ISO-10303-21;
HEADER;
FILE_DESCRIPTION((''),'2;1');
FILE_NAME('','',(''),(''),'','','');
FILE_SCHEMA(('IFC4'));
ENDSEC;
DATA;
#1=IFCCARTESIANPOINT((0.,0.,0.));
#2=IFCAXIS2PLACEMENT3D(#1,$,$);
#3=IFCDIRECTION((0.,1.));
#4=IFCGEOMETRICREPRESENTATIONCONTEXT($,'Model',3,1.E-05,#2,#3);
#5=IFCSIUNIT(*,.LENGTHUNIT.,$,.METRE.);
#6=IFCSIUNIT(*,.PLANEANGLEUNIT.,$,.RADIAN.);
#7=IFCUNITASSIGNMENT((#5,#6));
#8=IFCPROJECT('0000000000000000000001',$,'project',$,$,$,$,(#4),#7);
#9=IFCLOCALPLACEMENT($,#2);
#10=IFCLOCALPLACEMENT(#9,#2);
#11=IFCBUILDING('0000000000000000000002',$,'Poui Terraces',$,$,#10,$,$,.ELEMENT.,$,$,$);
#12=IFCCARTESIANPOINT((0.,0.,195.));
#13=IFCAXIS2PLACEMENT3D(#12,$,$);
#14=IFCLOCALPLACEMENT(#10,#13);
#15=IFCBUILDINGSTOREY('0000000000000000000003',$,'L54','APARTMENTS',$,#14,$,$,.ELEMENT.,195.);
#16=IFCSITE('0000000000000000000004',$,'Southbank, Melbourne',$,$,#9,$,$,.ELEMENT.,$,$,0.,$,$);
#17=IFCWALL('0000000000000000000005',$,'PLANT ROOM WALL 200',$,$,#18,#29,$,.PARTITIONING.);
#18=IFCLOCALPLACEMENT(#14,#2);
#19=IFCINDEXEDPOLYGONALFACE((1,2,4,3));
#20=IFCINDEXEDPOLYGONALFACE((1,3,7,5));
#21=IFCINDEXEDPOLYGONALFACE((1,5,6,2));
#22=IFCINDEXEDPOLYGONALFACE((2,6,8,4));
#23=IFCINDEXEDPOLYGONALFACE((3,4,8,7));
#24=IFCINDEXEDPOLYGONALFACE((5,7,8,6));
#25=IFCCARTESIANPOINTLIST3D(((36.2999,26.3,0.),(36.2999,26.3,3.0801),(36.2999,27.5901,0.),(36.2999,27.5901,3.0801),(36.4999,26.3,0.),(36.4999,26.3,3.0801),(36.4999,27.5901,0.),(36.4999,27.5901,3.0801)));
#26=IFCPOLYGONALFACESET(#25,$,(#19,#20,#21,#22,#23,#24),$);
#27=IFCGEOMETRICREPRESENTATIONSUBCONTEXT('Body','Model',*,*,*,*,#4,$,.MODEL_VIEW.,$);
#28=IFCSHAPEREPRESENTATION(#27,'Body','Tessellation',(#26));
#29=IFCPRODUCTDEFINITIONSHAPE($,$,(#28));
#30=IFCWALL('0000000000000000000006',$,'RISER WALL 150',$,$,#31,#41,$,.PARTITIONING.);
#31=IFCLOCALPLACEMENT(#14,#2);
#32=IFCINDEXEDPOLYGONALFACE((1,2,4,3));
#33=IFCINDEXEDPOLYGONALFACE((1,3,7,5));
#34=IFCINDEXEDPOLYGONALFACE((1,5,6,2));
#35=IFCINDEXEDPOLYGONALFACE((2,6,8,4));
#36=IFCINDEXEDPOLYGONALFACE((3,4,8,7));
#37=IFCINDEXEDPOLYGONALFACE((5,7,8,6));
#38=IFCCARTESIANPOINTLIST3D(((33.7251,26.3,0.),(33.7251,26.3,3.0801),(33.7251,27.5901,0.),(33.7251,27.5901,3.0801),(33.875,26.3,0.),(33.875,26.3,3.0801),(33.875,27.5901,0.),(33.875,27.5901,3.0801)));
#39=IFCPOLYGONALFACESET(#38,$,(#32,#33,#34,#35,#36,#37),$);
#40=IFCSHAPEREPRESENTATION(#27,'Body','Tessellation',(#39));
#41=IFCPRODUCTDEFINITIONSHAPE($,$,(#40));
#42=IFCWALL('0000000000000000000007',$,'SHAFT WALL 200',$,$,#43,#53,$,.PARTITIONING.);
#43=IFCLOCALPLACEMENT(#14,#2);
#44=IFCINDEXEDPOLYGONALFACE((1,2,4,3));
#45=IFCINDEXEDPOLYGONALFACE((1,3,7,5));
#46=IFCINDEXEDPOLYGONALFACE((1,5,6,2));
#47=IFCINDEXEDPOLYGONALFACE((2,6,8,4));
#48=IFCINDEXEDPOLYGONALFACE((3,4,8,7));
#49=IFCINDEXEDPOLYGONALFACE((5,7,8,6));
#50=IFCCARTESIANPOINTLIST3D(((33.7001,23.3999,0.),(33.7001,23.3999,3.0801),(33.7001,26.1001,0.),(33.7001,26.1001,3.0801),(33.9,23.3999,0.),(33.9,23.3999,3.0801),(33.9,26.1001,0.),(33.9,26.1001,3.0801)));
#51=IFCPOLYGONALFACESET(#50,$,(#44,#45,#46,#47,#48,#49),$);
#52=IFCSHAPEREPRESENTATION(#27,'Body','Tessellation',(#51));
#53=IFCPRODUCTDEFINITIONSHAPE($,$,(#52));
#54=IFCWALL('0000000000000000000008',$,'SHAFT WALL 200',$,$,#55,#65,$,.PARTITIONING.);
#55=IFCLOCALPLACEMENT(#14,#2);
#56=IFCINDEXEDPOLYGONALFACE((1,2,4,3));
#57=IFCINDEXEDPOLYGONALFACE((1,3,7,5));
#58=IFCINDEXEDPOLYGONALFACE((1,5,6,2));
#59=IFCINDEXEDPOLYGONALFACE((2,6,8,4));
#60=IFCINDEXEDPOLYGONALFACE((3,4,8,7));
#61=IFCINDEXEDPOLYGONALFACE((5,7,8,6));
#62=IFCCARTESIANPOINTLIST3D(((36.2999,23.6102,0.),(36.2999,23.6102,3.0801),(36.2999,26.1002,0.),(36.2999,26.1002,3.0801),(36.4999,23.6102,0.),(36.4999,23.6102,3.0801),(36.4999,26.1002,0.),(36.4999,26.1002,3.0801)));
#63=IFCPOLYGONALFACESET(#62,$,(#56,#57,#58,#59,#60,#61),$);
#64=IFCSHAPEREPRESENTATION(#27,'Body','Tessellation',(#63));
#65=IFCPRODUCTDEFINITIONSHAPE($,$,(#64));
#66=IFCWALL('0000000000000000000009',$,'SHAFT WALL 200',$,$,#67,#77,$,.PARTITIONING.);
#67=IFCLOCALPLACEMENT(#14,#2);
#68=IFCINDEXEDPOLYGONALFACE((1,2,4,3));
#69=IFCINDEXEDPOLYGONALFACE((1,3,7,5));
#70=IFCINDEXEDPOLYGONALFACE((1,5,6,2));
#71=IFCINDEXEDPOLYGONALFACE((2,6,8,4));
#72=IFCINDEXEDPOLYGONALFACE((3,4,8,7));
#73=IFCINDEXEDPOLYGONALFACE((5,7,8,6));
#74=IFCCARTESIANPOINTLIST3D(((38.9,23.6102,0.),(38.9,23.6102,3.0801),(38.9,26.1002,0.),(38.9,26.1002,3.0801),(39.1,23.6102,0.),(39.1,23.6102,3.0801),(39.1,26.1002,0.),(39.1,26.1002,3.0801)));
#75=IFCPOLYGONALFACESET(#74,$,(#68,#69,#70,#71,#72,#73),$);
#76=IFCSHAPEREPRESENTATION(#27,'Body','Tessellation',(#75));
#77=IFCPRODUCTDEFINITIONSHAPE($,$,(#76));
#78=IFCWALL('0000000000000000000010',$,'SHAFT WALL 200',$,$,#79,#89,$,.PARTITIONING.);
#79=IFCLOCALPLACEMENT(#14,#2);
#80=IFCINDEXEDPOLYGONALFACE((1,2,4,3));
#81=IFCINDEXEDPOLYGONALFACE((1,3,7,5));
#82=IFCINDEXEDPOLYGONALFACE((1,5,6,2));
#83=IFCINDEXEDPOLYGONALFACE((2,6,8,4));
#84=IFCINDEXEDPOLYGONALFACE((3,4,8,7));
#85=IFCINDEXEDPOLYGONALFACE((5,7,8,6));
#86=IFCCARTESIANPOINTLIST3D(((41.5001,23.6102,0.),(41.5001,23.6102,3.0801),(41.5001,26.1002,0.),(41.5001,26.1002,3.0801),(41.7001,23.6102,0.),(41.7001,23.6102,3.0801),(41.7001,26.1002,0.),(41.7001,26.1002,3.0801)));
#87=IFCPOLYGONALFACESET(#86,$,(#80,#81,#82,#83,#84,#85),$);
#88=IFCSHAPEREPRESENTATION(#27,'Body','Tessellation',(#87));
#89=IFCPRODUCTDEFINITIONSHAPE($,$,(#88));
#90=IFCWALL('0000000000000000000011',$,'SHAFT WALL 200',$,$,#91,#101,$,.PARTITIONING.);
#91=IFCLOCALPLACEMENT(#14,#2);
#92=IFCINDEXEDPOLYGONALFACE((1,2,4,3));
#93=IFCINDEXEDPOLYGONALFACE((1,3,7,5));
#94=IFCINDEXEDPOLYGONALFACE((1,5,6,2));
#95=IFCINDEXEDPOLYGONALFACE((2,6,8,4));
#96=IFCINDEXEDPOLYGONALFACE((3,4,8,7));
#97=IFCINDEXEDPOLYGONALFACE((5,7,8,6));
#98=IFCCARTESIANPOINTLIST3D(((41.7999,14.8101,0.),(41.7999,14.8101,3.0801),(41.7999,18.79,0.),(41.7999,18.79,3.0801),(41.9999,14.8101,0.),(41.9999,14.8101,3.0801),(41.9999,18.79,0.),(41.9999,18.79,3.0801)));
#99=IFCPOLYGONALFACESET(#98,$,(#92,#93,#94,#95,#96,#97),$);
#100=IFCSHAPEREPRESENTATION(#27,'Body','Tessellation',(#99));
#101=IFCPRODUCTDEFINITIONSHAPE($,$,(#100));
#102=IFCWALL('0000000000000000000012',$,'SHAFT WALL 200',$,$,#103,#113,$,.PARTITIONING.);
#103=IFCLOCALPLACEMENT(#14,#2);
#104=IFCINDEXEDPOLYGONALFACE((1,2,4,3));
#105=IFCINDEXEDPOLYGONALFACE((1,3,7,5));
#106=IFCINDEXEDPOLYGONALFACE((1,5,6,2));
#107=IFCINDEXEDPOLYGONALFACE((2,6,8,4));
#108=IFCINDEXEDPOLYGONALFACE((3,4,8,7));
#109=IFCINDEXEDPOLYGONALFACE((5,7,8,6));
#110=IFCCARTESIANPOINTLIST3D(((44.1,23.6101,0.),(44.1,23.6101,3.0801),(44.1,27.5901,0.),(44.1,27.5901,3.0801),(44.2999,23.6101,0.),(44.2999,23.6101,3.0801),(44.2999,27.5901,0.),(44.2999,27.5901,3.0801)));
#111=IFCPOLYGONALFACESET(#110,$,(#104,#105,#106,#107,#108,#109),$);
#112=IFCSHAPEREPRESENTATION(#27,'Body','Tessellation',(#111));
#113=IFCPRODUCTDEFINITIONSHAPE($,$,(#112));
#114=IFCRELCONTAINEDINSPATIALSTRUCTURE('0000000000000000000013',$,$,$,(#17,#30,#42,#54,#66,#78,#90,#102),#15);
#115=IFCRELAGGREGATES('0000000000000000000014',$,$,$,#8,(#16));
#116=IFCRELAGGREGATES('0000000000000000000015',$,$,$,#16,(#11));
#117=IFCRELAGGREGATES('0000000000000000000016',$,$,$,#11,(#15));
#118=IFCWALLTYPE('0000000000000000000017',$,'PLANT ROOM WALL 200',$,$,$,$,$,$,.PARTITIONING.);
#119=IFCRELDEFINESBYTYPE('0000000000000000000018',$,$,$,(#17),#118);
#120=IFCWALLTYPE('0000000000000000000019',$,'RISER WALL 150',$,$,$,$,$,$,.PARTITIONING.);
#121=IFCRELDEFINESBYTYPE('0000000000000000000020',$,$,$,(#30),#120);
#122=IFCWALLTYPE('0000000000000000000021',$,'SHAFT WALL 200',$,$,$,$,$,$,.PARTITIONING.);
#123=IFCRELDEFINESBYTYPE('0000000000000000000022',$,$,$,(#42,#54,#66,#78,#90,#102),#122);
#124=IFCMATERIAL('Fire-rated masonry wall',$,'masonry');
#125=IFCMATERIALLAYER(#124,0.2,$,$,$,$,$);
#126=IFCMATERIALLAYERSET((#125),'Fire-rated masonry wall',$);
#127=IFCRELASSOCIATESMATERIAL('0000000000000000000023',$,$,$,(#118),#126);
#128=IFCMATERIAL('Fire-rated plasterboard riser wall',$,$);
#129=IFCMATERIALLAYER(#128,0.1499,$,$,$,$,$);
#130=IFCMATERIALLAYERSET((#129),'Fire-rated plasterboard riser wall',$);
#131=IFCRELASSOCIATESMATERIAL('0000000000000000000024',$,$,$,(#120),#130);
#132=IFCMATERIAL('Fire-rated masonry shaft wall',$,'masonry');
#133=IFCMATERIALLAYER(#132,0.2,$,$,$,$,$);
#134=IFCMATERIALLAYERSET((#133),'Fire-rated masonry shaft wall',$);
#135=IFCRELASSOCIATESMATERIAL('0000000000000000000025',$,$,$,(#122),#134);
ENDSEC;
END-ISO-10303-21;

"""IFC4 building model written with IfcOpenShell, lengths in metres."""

from ifc_helpers import new_model, si_unit, direction, frame, frame_2d, origin, place, context, subcontext, project, spatial, rectangle, extrude, material, layer, layer_set, type_object, element, save


model = new_model("IFC4")

# Units and contexts
model_context = context("Model", 3, precision=1e-05, world=origin(), true_north=direction((0.0, 1.0)))
body_context = subcontext(model_context, "Body", "Model", "MODEL_VIEW")
ifc_project = project(units=[si_unit("LENGTHUNIT", "METRE"), si_unit("PLANEANGLEUNIT", "RADIAN")], contexts=[model_context])

# Site, building, storey
site_placement = place(None, origin())
site = spatial("IfcSite", under=ifc_project, at=site_placement, Name="Southbank, Melbourne", CompositionType="ELEMENT", RefElevation=0.0)
building_placement = place(site_placement, origin())
building = spatial("IfcBuilding", under=site, at=building_placement, Name="Poui Terraces", CompositionType="ELEMENT")
storey_placement = place(building_placement, frame((0.0, 0.0, 195.0)))
storey = spatial("IfcBuildingStorey", under=building, at=storey_placement, Name="L54", Description="APARTMENTS", CompositionType="ELEMENT", Elevation=195.0)

# Walls
ifc_material_1 = material(Name="Fire-rated masonry wall", Category="masonry")
ifc_layer_1 = layer(ifc_material_1, 0.2)
ifc_layer_set_1 = layer_set([ifc_layer_1], Name="Fire-rated masonry wall")
wall_type_1 = type_object("IfcWallType", Name="PLANT ROOM WALL 200", PredefinedType="PARTITIONING", material=ifc_layer_set_1)
wall_1_placement = place(storey_placement, frame((36.3999, 26.3, 0.0), z_axis=(0.0, 0.0, 1.0), x_axis=(0.0, 1.0, 0.0)))
element("IfcWall", 1, at=wall_1_placement, inside=storey, type_object=wall_type_1, Name="PLANT ROOM WALL 200", PredefinedType="PARTITIONING", context=body_context, shape_type="SweptSolid", body=[
    extrude(rectangle(XDim=1.29, YDim=0.2, at=frame_2d((0.645, 0.0))), origin(), (0.0, 0.0, 1.0), 3.0801),
])
ifc_material_2 = material(Name="Fire-rated plasterboard riser wall")
ifc_layer_2 = layer(ifc_material_2, 0.1499)
ifc_layer_set_2 = layer_set([ifc_layer_2], Name="Fire-rated plasterboard riser wall")
wall_type_2 = type_object("IfcWallType", Name="RISER WALL 150", PredefinedType="PARTITIONING", material=ifc_layer_set_2)
wall_2_placement = place(storey_placement, frame((33.8, 26.3, 0.0), z_axis=(0.0, 0.0, 1.0), x_axis=(0.0, 1.0, 0.0)))
element("IfcWall", 2, at=wall_2_placement, inside=storey, type_object=wall_type_2, Name="RISER WALL 150", PredefinedType="PARTITIONING", context=body_context, shape_type="SweptSolid", body=[
    extrude(rectangle(XDim=1.29, YDim=0.1499, at=frame_2d((0.645, 0.0))), origin(), (0.0, 0.0, 1.0), 3.0801),
])
ifc_material_3 = material(Name="Fire-rated masonry shaft wall", Category="masonry")
ifc_layer_3 = layer(ifc_material_3, 0.2)
ifc_layer_set_3 = layer_set([ifc_layer_3], Name="Fire-rated masonry shaft wall")
wall_type_3 = type_object("IfcWallType", Name="SHAFT WALL 200", PredefinedType="PARTITIONING", material=ifc_layer_set_3)
wall_3_placement = place(storey_placement, frame((33.8, 23.3999, 0.0), z_axis=(0.0, 0.0, 1.0), x_axis=(0.0, 1.0, 0.0)))
element("IfcWall", 3, at=wall_3_placement, inside=storey, type_object=wall_type_3, Name="SHAFT WALL 200", PredefinedType="PARTITIONING", context=body_context, shape_type="SweptSolid", body=[
    extrude(rectangle(XDim=2.7002, YDim=0.2, at=frame_2d((1.3501, 0.0))), origin(), (0.0, 0.0, 1.0), 3.0801),
])
for number, where, z_axis, x_axis, name in (
    (4, (36.3999, 23.6101, 0.0), (0.0, 0.0, 1.0), (0.0, 1.0, 0.0), "SHAFT WALL 200"),
    (5, (39.0, 23.6101, 0.0), (0.0, 0.0, 1.0), (0.0, 1.0, 0.0), "SHAFT WALL 200"),
    (6, (41.6001, 23.6101, 0.0), (0.0, 0.0, 1.0), (0.0, 1.0, 0.0), "SHAFT WALL 200"),
):
    element("IfcWall", number, at=place(storey_placement, frame(where, z_axis=z_axis, x_axis=x_axis)), inside=storey, type_object=wall_type_3, Name=name, PredefinedType="PARTITIONING", context=body_context, shape_type="SweptSolid", body=[
        extrude(rectangle(XDim=2.49, YDim=0.2, at=frame_2d((1.2451, 0.0))), origin(), (0.0, 0.0, 1.0), 3.0801),
    ])
for number, where, z_axis, x_axis, name in (
    (7, (41.8999, 14.8101, 0.0), (0.0, 0.0, 1.0), (0.0, 1.0, 0.0), "SHAFT WALL 200"),
    (8, (44.2, 23.6101, 0.0), (0.0, 0.0, 1.0), (0.0, 1.0, 0.0), "SHAFT WALL 200"),
):
    element("IfcWall", number, at=place(storey_placement, frame(where, z_axis=z_axis, x_axis=x_axis)), inside=storey, type_object=wall_type_3, Name=name, PredefinedType="PARTITIONING", context=body_context, shape_type="SweptSolid", body=[
        extrude(rectangle(XDim=3.98, YDim=0.2, at=frame_2d((1.99, 0.0))), origin(), (0.0, 0.0, 1.0), 3.0801),
    ])

save(model, "model.ifc")
